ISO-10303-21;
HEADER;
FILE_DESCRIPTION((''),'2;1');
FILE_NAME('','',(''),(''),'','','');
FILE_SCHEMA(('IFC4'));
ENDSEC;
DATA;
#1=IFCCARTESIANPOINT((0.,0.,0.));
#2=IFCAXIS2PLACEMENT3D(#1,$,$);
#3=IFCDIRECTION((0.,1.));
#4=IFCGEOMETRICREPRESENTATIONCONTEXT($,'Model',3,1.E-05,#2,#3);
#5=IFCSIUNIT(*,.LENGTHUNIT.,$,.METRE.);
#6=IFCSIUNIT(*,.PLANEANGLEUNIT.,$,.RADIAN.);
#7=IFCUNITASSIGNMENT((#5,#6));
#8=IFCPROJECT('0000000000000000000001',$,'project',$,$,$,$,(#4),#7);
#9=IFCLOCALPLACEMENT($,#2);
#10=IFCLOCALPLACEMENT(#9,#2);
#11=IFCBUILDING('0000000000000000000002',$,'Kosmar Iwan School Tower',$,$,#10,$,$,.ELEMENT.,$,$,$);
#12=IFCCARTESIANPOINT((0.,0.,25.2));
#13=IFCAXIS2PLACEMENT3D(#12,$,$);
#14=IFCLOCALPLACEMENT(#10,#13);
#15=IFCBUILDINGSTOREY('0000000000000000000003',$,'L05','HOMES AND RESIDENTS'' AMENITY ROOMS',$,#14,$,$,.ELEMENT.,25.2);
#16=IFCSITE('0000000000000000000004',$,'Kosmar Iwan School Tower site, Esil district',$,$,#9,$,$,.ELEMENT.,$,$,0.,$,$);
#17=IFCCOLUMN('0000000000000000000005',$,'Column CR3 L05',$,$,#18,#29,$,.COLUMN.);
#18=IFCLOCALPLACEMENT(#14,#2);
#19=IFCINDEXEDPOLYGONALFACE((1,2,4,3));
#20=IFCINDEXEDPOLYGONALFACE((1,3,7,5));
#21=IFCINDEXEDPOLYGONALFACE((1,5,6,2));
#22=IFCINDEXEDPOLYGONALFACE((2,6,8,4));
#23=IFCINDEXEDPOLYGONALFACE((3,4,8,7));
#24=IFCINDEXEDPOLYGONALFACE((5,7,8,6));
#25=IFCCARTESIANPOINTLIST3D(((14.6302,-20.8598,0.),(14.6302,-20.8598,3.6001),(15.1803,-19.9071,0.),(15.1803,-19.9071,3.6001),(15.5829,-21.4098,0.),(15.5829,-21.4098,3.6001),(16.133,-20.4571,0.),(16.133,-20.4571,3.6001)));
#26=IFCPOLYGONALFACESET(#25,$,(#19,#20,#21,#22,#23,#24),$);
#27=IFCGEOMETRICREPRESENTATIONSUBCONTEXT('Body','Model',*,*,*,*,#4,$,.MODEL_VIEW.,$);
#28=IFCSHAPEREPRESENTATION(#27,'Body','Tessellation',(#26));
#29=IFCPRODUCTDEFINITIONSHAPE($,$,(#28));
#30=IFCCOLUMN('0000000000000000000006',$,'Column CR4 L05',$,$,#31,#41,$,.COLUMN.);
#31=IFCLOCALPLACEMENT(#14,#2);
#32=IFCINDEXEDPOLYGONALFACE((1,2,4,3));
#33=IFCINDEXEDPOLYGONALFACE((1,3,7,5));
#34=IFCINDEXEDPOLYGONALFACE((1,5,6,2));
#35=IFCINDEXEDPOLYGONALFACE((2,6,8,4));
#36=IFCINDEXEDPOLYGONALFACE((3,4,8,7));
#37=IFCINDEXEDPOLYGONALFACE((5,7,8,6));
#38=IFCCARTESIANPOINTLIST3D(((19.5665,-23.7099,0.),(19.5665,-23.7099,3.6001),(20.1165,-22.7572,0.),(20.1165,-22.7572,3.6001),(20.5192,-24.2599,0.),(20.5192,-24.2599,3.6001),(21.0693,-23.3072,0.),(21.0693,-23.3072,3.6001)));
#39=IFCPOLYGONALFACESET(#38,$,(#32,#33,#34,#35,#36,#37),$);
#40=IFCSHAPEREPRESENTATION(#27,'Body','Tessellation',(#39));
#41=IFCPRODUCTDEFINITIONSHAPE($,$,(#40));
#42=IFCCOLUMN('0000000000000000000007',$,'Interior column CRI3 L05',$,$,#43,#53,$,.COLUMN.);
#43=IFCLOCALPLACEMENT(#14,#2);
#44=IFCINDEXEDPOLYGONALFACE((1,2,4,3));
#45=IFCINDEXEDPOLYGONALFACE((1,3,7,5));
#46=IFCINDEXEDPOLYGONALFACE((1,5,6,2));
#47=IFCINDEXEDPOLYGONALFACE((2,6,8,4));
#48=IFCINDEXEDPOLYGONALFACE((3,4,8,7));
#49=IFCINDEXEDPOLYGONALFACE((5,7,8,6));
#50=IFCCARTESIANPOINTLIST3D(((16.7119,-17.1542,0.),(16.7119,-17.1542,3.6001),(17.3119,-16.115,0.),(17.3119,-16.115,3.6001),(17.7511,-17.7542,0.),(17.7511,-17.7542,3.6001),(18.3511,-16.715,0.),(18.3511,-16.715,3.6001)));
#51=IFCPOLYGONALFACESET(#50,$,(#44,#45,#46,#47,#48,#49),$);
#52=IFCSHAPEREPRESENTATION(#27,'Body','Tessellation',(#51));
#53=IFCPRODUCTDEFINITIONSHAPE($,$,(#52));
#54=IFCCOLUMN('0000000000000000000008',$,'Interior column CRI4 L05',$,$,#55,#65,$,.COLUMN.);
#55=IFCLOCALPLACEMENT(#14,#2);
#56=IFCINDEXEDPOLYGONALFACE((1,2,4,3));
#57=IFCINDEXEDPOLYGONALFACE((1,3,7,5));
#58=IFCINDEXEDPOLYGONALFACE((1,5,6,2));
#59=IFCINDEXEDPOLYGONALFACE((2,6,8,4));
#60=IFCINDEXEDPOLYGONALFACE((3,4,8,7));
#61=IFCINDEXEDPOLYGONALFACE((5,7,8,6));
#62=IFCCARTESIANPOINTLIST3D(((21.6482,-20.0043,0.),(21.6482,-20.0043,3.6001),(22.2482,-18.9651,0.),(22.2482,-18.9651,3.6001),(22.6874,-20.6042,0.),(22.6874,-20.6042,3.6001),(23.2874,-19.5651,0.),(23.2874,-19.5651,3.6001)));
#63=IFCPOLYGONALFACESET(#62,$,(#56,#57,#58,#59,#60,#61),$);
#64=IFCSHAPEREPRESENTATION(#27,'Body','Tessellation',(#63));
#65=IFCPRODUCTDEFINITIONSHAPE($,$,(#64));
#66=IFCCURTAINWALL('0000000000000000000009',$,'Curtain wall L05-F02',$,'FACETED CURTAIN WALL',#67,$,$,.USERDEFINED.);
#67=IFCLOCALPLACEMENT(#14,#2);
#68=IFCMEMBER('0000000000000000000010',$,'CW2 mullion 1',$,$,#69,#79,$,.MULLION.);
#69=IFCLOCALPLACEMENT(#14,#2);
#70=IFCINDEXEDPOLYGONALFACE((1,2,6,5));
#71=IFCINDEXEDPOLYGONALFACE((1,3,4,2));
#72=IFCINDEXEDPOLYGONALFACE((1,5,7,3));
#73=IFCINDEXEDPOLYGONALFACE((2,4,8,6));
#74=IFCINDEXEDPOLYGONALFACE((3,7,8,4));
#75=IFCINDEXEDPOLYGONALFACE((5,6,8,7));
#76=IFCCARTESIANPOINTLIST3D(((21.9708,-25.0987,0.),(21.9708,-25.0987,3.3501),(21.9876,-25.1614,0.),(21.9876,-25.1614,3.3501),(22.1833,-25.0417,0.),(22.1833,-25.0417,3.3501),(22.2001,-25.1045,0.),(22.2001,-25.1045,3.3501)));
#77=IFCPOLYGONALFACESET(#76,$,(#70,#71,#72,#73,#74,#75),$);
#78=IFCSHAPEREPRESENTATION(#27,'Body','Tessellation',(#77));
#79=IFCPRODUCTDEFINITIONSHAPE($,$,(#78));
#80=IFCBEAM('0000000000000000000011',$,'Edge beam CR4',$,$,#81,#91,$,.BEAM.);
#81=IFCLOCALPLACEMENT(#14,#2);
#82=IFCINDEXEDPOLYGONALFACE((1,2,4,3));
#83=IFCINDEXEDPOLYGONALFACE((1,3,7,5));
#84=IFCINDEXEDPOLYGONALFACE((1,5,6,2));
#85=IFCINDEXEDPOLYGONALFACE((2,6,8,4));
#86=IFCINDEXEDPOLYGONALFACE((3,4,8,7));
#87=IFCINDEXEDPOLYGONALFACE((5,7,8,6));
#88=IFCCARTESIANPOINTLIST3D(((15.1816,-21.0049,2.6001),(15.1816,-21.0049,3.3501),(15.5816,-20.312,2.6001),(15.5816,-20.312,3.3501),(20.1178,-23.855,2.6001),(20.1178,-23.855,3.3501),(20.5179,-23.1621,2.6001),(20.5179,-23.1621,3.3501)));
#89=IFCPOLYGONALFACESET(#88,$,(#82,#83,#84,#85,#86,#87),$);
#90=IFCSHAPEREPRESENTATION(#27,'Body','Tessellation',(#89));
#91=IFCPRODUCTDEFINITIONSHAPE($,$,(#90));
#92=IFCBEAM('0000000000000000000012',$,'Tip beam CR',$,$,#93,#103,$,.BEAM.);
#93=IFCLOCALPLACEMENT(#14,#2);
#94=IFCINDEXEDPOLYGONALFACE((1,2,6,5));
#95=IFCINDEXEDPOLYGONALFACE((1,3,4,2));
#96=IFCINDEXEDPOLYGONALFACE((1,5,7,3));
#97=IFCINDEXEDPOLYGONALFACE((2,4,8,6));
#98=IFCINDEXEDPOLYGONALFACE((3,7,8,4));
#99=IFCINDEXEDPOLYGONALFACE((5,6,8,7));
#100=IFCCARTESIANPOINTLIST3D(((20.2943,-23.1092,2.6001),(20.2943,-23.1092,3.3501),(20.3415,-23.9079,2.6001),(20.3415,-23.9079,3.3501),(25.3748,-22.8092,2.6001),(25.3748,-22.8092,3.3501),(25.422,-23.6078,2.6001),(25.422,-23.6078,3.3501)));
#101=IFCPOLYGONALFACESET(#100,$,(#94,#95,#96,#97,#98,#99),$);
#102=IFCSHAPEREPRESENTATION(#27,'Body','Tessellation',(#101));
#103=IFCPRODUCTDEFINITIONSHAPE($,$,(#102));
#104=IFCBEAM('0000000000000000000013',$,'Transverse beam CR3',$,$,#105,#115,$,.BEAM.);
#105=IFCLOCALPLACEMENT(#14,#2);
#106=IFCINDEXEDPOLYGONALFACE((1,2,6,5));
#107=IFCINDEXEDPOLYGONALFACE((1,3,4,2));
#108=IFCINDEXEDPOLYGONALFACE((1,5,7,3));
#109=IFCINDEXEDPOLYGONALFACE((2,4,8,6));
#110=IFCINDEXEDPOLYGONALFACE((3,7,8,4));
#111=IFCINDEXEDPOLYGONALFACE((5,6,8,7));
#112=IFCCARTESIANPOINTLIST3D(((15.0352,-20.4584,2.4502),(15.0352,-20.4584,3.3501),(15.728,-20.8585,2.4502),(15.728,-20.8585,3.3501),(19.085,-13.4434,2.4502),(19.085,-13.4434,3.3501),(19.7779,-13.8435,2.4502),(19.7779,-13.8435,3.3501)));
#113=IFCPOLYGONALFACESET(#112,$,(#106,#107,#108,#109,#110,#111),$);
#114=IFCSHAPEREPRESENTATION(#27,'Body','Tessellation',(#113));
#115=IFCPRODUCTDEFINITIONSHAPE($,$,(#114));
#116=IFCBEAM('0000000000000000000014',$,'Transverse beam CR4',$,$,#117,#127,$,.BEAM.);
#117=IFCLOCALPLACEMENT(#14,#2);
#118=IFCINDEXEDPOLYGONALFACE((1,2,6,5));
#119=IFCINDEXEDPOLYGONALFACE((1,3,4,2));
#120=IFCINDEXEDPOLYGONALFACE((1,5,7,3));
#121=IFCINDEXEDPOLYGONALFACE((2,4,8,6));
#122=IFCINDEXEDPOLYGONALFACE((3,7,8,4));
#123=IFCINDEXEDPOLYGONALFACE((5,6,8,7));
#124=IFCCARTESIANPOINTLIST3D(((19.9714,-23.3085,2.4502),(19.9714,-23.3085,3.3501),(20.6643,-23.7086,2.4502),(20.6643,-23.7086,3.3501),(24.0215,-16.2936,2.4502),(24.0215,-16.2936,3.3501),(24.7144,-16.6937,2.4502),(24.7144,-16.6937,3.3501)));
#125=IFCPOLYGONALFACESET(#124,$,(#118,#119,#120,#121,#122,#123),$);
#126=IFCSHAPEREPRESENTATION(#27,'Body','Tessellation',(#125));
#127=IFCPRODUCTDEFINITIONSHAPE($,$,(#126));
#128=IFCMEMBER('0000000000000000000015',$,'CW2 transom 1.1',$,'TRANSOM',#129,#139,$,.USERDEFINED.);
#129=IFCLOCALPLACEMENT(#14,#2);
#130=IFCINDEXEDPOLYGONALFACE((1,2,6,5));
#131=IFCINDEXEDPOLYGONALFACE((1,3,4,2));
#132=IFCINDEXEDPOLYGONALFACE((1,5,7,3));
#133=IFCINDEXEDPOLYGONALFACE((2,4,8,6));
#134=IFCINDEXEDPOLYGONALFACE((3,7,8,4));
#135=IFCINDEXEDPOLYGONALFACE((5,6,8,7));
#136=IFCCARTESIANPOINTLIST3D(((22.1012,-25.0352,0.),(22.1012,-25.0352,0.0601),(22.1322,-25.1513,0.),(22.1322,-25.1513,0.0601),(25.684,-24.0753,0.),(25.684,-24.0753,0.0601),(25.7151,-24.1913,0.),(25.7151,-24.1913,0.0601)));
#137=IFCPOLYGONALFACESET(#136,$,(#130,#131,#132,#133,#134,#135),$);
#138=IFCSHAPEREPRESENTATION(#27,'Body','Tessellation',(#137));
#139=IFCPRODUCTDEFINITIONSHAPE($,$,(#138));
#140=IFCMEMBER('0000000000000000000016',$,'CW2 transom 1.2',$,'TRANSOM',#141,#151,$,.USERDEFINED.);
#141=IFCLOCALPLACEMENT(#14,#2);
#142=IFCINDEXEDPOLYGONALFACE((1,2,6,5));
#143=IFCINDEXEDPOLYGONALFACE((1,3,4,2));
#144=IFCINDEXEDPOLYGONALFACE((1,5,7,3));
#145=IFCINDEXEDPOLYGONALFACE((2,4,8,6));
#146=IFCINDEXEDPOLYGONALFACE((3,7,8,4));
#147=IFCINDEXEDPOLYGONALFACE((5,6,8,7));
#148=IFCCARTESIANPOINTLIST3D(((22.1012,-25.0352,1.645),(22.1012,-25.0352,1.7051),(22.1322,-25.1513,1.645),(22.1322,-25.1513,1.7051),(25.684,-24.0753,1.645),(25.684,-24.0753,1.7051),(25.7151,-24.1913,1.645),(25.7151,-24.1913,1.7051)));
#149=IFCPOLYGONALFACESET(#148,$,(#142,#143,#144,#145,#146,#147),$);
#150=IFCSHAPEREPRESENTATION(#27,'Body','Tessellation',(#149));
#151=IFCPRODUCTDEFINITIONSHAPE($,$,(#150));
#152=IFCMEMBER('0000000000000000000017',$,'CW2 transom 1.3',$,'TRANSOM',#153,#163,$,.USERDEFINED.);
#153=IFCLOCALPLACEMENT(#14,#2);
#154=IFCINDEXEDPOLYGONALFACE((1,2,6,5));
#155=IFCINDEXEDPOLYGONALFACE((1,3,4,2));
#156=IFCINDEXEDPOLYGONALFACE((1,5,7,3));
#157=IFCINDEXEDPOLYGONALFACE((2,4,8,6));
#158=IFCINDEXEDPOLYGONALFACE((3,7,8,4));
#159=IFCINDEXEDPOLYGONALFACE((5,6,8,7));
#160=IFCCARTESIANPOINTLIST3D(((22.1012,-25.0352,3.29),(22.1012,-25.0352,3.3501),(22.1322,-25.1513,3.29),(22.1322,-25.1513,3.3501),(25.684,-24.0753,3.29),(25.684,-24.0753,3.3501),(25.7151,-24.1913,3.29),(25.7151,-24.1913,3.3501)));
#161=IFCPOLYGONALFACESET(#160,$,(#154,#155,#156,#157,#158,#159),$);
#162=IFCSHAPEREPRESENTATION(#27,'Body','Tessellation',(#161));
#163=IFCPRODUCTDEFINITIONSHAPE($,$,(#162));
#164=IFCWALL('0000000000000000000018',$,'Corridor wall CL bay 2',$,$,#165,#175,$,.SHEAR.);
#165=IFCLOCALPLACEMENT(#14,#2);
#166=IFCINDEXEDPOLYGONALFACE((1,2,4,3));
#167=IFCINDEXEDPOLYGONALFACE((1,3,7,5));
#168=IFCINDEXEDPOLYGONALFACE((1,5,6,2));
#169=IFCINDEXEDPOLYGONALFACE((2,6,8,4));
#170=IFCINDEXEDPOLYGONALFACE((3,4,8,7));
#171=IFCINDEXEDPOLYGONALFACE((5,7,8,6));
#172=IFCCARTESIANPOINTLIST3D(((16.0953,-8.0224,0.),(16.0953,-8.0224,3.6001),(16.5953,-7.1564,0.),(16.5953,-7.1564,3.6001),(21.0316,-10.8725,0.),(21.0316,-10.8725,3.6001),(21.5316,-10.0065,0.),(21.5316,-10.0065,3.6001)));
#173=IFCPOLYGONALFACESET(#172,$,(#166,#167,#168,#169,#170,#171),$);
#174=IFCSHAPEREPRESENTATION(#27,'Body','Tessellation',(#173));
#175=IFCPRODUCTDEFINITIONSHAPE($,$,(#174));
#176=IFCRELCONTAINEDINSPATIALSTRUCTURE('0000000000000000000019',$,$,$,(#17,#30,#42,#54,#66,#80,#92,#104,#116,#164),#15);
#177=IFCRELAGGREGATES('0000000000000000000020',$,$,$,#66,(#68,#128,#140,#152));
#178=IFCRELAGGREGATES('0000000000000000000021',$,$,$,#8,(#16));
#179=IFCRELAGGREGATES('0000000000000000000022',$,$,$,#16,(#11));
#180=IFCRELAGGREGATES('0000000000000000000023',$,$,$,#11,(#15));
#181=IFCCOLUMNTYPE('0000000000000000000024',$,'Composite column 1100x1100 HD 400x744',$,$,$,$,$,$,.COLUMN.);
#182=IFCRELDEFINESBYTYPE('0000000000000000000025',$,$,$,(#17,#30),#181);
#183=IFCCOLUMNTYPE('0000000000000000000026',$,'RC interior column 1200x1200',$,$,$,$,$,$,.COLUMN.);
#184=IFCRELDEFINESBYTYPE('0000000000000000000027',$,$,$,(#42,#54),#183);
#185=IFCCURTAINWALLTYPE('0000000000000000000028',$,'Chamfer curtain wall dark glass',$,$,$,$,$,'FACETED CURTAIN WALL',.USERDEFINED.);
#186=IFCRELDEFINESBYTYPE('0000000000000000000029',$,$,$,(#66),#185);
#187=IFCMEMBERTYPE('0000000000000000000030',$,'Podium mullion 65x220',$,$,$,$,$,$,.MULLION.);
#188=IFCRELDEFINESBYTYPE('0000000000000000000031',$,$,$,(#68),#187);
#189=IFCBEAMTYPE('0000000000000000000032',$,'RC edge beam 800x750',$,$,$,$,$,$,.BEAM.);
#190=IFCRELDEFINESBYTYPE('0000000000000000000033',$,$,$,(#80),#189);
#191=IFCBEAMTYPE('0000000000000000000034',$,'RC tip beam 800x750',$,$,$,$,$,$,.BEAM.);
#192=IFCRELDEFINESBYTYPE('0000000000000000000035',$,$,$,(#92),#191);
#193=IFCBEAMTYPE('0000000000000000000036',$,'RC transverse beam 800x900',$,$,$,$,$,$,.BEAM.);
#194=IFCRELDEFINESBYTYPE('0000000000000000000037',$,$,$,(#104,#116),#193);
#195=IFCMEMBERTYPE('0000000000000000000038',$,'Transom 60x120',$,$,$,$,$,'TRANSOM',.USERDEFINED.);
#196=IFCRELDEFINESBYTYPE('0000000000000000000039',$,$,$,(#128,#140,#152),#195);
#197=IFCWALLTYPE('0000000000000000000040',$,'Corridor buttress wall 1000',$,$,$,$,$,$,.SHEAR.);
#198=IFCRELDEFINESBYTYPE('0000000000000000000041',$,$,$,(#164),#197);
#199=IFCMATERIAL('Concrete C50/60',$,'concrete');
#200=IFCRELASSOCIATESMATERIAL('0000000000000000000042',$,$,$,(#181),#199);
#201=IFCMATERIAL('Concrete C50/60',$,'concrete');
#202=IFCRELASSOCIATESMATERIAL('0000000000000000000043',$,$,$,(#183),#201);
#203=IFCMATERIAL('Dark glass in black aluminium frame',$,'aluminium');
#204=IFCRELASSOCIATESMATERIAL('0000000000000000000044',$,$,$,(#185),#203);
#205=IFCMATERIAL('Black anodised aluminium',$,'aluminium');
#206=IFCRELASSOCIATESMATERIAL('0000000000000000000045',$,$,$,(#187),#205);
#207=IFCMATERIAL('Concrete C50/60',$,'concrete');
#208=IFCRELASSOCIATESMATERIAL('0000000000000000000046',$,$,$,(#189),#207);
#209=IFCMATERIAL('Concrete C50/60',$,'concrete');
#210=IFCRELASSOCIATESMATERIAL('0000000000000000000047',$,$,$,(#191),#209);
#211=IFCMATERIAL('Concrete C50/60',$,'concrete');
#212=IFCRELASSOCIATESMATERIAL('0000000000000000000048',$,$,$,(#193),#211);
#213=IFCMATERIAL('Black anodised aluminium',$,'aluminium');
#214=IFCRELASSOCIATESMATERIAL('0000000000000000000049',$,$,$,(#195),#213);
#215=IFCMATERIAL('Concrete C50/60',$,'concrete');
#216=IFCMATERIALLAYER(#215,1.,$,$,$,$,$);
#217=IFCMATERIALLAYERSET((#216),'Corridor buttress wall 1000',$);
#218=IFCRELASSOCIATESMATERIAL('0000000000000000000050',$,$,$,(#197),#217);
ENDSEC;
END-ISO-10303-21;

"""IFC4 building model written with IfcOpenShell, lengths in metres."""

from ifc_helpers import new_model, si_unit, direction, frame, frame_2d, origin, origin_2d, place, context, subcontext, project, spatial, rectangle, extrude, material, layer, layer_set, material_profile, profile_set, type_object, element, aggregate, save


model = new_model("IFC4")

# Units and contexts
model_context = context("Model", 3, precision=1e-05, world=origin(), true_north=direction((0.0, 1.0)))
body_context = subcontext(model_context, "Body", "Model", "MODEL_VIEW")
ifc_project = project(units=[si_unit("LENGTHUNIT", "METRE"), si_unit("PLANEANGLEUNIT", "RADIAN")], contexts=[model_context])

# Site, building, storey
site_placement = place(None, origin())
site = spatial("IfcSite", under=ifc_project, at=site_placement, Name="Kosmar Iwan School Tower site, Esil district", CompositionType="ELEMENT", RefElevation=0.0)
building_placement = place(site_placement, origin())
building = spatial("IfcBuilding", under=site, at=building_placement, Name="Kosmar Iwan School Tower", CompositionType="ELEMENT")
storey_placement = place(building_placement, frame((0.0, 0.0, 25.2)))
storey = spatial("IfcBuildingStorey", under=building, at=storey_placement, Name="L05", Description="HOMES AND RESIDENTS' AMENITY ROOMS", CompositionType="ELEMENT", Elevation=25.2)

# Columns
ifc_material_1 = material(Name="Concrete C50/60", Category="concrete")
ifc_material_profile_1 = material_profile(ifc_material_1, rectangle(XDim=1.1001, YDim=1.1001, at=origin_2d()), Name="RC 1100x1100 + HD 400x744")
ifc_profile_set_1 = profile_set([ifc_material_profile_1], Name="Concrete C50/60")
column_type_1 = type_object("IfcColumnType", Name="Composite column 1100x1100 HD 400x744", PredefinedType="COLUMN", material=ifc_profile_set_1)
for number, where, z_axis, x_axis, name in (
    (1, (15.3816, -20.6584, 0.0), (0.0, 0.0, 1.0), (0.866025, -0.5, 0.0), "Column CR3 L05"),
    (2, (20.3179, -23.5085, 0.0), (0.0, 0.0, 1.0), (0.866025, -0.5, 0.0), "Column CR4 L05"),
):
    element("IfcColumn", number, at=place(storey_placement, frame(where, z_axis=z_axis, x_axis=x_axis)), inside=storey, type_object=column_type_1, Name=name, PredefinedType="COLUMN", context=body_context, shape_type="SweptSolid", body=[
        extrude(rectangle(XDim=1.1001, YDim=1.1001, at=origin_2d()), origin(), (0.0, 0.0, 1.0), 3.6001),
    ])
ifc_material_2 = material(Name="Concrete C50/60", Category="concrete")
ifc_material_profile_2 = material_profile(ifc_material_2, rectangle(XDim=1.2, YDim=1.2, at=origin_2d()), Name="RC 1200x1200")
ifc_profile_set_2 = profile_set([ifc_material_profile_2], Name="Concrete C50/60")
column_type_2 = type_object("IfcColumnType", Name="RC interior column 1200x1200", PredefinedType="COLUMN", material=ifc_profile_set_2)
for number, where, z_axis, x_axis, name in (
    (3, (17.5315, -16.9346, 0.0), (0.0, 0.0, 1.0), (0.866025, -0.5, 0.0), "Interior column CRI3 L05"),
    (4, (22.4678, -19.7847, 0.0), (0.0, 0.0, 1.0), (0.866025, -0.5, 0.0), "Interior column CRI4 L05"),
):
    element("IfcColumn", number, at=place(storey_placement, frame(where, z_axis=z_axis, x_axis=x_axis)), inside=storey, type_object=column_type_2, Name=name, PredefinedType="COLUMN", context=body_context, shape_type="SweptSolid", body=[
        extrude(rectangle(XDim=1.2, YDim=1.2, at=origin_2d()), origin(), (0.0, 0.0, 1.0), 3.6001),
    ])

# Curtain wall, member
ifc_material_3 = material(Name="Dark glass in black aluminium frame", Category="aluminium")
curtain_wall_type = type_object("IfcCurtainWallType", Name="Chamfer curtain wall dark glass", ElementType="FACETED CURTAIN WALL", PredefinedType="USERDEFINED", material=ifc_material_3)
curtain_wall_placement = place(storey_placement, origin())
curtain_wall = element("IfcCurtainWall", 5, at=curtain_wall_placement, inside=storey, type_object=curtain_wall_type, Name="Curtain wall L05-F02", ObjectType="FACETED CURTAIN WALL", PredefinedType="USERDEFINED")
ifc_material_4 = material(Name="Black anodised aluminium", Category="aluminium")
ifc_material_profile_3 = material_profile(ifc_material_4, rectangle(XDim=0.0649, YDim=0.22, at=origin_2d()), Name="MULLION 65x220")
ifc_profile_set_3 = profile_set([ifc_material_profile_3], Name="Black anodised aluminium")
member_type_1 = type_object("IfcMemberType", Name="Podium mullion 65x220", PredefinedType="MULLION", material=ifc_profile_set_3)
member_1_placement = place(storey_placement, frame((22.0854, -25.1016, 0.0), z_axis=(0.0, 0.0, 1.0), x_axis=(-0.258819, 0.965926, 0.0)))
member_1 = element("IfcMember", 6, at=member_1_placement, type_object=member_type_1, Name="CW2 mullion 1", PredefinedType="MULLION", context=body_context, shape_type="SweptSolid", body=[
    extrude(rectangle(XDim=0.0649, YDim=0.22, at=origin_2d()), origin(), (0.0, 0.0, 1.0), 3.3501),
])

# Beams
ifc_material_5 = material(Name="Concrete C50/60", Category="concrete")
ifc_material_profile_4 = material_profile(ifc_material_5, rectangle(XDim=0.8, YDim=0.75, at=origin_2d()), Name="RC 800x750")
ifc_profile_set_4 = profile_set([ifc_material_profile_4], Name="Concrete C50/60")
beam_type_1 = type_object("IfcBeamType", Name="RC edge beam 800x750", PredefinedType="BEAM", material=ifc_profile_set_4)
beam_1_placement = place(storey_placement, frame((15.3816, -20.6584, 2.9751), z_axis=(0.866015, -0.500018, 0.0), x_axis=(0.500018, 0.866015, 0.0)))
element("IfcBeam", 7, at=beam_1_placement, inside=storey, type_object=beam_type_1, Name="Edge beam CR4", PredefinedType="BEAM", context=body_context, shape_type="SweptSolid", body=[
    extrude(rectangle(XDim=0.8, YDim=0.75, at=origin_2d()), origin(), (0.0, 0.0, 1.0), 5.7),
])
ifc_material_6 = material(Name="Concrete C50/60", Category="concrete")
ifc_material_profile_5 = material_profile(ifc_material_6, rectangle(XDim=0.8, YDim=0.75, at=origin_2d()), Name="RC 800x750")
ifc_profile_set_5 = profile_set([ifc_material_profile_5], Name="Concrete C50/60")
beam_type_2 = type_object("IfcBeamType", Name="RC tip beam 800x750", PredefinedType="BEAM", material=ifc_profile_set_5)
beam_2_placement = place(storey_placement, frame((20.3179, -23.5085, 2.9751), z_axis=(0.998261, 0.058955, 0.0), x_axis=(-0.058955, 0.998261, 0.0)))
element("IfcBeam", 8, at=beam_2_placement, inside=storey, type_object=beam_type_2, Name="Tip beam CR", PredefinedType="BEAM", context=body_context, shape_type="SweptSolid", body=[
    extrude(rectangle(XDim=0.8, YDim=0.75, at=origin_2d()), origin(), (0.0, 0.0, 1.0), 5.0894),
])
ifc_material_7 = material(Name="Concrete C50/60", Category="concrete")
ifc_material_profile_6 = material_profile(ifc_material_7, rectangle(XDim=0.8, YDim=0.8999, at=origin_2d()), Name="RC 800x900")
ifc_profile_set_6 = profile_set([ifc_material_profile_6], Name="Concrete C50/60")
beam_type_3 = type_object("IfcBeamType", Name="RC transverse beam 800x900", PredefinedType="BEAM", material=ifc_profile_set_6)
for number, where, z_axis, x_axis, name in (
    (9, (15.3816, -20.6584, 2.9001), (0.499977, 0.866039, 0.0), (-0.866039, 0.499977, 0.0), "Transverse beam CR3"),
    (10, (20.3179, -23.5085, 2.9001), (0.5, 0.866025, 0.0), (-0.866025, 0.5, 0.0), "Transverse beam CR4"),
):
    element("IfcBeam", number, at=place(storey_placement, frame(where, z_axis=z_axis, x_axis=x_axis)), inside=storey, type_object=beam_type_3, Name=name, PredefinedType="BEAM", context=body_context, shape_type="SweptSolid", body=[
        extrude(rectangle(XDim=0.8, YDim=0.8999, at=origin_2d()), origin(), (0.0, 0.0, 1.0), 8.1001),
    ])

# Members
ifc_material_8 = material(Name="Black anodised aluminium", Category="aluminium")
ifc_material_profile_7 = material_profile(ifc_material_8, rectangle(XDim=0.1201, YDim=0.0601, at=origin_2d()), Name="TRANSOM 60x120")
ifc_profile_set_7 = profile_set([ifc_material_profile_7], Name="Black anodised aluminium")
member_type_2 = type_object("IfcMemberType", Name="Transom 60x120", ElementType="TRANSOM", PredefinedType="USERDEFINED", material=ifc_profile_set_7)
member_2_placement = place(storey_placement, frame((22.1167, -25.0933, 0.03), z_axis=(0.965928, 0.25881, 0.0), x_axis=(-0.25881, 0.965928, 0.0)))
member_2 = element("IfcMember", 11, at=member_2_placement, type_object=member_type_2, Name="CW2 transom 1.1", ObjectType="TRANSOM", PredefinedType="USERDEFINED", context=body_context, shape_type="SweptSolid", body=[
    extrude(rectangle(XDim=0.1201, YDim=0.0601, at=origin_2d()), origin(), (0.0, 0.0, 1.0), 3.7092),
])
member_3_placement = place(storey_placement, frame((22.1167, -25.0933, 1.675), z_axis=(0.965928, 0.25881, 0.0), x_axis=(-0.25881, 0.965928, 0.0)))
member_3 = element("IfcMember", 12, at=member_3_placement, type_object=member_type_2, Name="CW2 transom 1.2", ObjectType="TRANSOM", PredefinedType="USERDEFINED", context=body_context, shape_type="SweptSolid", body=[
    extrude(rectangle(XDim=0.1201, YDim=0.0601, at=origin_2d()), origin(), (0.0, 0.0, 1.0), 3.7092),
])
member_4_placement = place(storey_placement, frame((22.1167, -25.0933, 3.3201), z_axis=(0.965928, 0.25881, 0.0), x_axis=(-0.25881, 0.965928, 0.0)))
member_4 = element("IfcMember", 13, at=member_4_placement, type_object=member_type_2, Name="CW2 transom 1.3", ObjectType="TRANSOM", PredefinedType="USERDEFINED", context=body_context, shape_type="SweptSolid", body=[
    extrude(rectangle(XDim=0.1201, YDim=0.0601, at=origin_2d()), origin(), (0.0, 0.0, 1.0), 3.7092),
])
aggregate(curtain_wall, [member_1, member_2, member_3, member_4])

# Wall
ifc_material_9 = material(Name="Concrete C50/60", Category="concrete")
ifc_layer_1 = layer(ifc_material_9, 1.0)
ifc_layer_set_1 = layer_set([ifc_layer_1], Name="Corridor buttress wall 1000")
wall_type_1 = type_object("IfcWallType", Name="Corridor buttress wall 1000", PredefinedType="SHEAR", material=ifc_layer_set_1)
wall_1_placement = place(storey_placement, frame((16.3452, -7.5894, 0.0), z_axis=(0.0, 0.0, 1.0), x_axis=(0.866015, -0.500018, 0.0)))
element("IfcWall", 14, at=wall_1_placement, inside=storey, type_object=wall_type_1, Name="Corridor wall CL bay 2", PredefinedType="SHEAR", context=body_context, shape_type="SweptSolid", body=[
    extrude(rectangle(XDim=5.7, YDim=1.0, at=frame_2d((2.8501, 0.0))), origin(), (0.0, 0.0, 1.0), 3.6001),
])

save(model, "model.ifc")
